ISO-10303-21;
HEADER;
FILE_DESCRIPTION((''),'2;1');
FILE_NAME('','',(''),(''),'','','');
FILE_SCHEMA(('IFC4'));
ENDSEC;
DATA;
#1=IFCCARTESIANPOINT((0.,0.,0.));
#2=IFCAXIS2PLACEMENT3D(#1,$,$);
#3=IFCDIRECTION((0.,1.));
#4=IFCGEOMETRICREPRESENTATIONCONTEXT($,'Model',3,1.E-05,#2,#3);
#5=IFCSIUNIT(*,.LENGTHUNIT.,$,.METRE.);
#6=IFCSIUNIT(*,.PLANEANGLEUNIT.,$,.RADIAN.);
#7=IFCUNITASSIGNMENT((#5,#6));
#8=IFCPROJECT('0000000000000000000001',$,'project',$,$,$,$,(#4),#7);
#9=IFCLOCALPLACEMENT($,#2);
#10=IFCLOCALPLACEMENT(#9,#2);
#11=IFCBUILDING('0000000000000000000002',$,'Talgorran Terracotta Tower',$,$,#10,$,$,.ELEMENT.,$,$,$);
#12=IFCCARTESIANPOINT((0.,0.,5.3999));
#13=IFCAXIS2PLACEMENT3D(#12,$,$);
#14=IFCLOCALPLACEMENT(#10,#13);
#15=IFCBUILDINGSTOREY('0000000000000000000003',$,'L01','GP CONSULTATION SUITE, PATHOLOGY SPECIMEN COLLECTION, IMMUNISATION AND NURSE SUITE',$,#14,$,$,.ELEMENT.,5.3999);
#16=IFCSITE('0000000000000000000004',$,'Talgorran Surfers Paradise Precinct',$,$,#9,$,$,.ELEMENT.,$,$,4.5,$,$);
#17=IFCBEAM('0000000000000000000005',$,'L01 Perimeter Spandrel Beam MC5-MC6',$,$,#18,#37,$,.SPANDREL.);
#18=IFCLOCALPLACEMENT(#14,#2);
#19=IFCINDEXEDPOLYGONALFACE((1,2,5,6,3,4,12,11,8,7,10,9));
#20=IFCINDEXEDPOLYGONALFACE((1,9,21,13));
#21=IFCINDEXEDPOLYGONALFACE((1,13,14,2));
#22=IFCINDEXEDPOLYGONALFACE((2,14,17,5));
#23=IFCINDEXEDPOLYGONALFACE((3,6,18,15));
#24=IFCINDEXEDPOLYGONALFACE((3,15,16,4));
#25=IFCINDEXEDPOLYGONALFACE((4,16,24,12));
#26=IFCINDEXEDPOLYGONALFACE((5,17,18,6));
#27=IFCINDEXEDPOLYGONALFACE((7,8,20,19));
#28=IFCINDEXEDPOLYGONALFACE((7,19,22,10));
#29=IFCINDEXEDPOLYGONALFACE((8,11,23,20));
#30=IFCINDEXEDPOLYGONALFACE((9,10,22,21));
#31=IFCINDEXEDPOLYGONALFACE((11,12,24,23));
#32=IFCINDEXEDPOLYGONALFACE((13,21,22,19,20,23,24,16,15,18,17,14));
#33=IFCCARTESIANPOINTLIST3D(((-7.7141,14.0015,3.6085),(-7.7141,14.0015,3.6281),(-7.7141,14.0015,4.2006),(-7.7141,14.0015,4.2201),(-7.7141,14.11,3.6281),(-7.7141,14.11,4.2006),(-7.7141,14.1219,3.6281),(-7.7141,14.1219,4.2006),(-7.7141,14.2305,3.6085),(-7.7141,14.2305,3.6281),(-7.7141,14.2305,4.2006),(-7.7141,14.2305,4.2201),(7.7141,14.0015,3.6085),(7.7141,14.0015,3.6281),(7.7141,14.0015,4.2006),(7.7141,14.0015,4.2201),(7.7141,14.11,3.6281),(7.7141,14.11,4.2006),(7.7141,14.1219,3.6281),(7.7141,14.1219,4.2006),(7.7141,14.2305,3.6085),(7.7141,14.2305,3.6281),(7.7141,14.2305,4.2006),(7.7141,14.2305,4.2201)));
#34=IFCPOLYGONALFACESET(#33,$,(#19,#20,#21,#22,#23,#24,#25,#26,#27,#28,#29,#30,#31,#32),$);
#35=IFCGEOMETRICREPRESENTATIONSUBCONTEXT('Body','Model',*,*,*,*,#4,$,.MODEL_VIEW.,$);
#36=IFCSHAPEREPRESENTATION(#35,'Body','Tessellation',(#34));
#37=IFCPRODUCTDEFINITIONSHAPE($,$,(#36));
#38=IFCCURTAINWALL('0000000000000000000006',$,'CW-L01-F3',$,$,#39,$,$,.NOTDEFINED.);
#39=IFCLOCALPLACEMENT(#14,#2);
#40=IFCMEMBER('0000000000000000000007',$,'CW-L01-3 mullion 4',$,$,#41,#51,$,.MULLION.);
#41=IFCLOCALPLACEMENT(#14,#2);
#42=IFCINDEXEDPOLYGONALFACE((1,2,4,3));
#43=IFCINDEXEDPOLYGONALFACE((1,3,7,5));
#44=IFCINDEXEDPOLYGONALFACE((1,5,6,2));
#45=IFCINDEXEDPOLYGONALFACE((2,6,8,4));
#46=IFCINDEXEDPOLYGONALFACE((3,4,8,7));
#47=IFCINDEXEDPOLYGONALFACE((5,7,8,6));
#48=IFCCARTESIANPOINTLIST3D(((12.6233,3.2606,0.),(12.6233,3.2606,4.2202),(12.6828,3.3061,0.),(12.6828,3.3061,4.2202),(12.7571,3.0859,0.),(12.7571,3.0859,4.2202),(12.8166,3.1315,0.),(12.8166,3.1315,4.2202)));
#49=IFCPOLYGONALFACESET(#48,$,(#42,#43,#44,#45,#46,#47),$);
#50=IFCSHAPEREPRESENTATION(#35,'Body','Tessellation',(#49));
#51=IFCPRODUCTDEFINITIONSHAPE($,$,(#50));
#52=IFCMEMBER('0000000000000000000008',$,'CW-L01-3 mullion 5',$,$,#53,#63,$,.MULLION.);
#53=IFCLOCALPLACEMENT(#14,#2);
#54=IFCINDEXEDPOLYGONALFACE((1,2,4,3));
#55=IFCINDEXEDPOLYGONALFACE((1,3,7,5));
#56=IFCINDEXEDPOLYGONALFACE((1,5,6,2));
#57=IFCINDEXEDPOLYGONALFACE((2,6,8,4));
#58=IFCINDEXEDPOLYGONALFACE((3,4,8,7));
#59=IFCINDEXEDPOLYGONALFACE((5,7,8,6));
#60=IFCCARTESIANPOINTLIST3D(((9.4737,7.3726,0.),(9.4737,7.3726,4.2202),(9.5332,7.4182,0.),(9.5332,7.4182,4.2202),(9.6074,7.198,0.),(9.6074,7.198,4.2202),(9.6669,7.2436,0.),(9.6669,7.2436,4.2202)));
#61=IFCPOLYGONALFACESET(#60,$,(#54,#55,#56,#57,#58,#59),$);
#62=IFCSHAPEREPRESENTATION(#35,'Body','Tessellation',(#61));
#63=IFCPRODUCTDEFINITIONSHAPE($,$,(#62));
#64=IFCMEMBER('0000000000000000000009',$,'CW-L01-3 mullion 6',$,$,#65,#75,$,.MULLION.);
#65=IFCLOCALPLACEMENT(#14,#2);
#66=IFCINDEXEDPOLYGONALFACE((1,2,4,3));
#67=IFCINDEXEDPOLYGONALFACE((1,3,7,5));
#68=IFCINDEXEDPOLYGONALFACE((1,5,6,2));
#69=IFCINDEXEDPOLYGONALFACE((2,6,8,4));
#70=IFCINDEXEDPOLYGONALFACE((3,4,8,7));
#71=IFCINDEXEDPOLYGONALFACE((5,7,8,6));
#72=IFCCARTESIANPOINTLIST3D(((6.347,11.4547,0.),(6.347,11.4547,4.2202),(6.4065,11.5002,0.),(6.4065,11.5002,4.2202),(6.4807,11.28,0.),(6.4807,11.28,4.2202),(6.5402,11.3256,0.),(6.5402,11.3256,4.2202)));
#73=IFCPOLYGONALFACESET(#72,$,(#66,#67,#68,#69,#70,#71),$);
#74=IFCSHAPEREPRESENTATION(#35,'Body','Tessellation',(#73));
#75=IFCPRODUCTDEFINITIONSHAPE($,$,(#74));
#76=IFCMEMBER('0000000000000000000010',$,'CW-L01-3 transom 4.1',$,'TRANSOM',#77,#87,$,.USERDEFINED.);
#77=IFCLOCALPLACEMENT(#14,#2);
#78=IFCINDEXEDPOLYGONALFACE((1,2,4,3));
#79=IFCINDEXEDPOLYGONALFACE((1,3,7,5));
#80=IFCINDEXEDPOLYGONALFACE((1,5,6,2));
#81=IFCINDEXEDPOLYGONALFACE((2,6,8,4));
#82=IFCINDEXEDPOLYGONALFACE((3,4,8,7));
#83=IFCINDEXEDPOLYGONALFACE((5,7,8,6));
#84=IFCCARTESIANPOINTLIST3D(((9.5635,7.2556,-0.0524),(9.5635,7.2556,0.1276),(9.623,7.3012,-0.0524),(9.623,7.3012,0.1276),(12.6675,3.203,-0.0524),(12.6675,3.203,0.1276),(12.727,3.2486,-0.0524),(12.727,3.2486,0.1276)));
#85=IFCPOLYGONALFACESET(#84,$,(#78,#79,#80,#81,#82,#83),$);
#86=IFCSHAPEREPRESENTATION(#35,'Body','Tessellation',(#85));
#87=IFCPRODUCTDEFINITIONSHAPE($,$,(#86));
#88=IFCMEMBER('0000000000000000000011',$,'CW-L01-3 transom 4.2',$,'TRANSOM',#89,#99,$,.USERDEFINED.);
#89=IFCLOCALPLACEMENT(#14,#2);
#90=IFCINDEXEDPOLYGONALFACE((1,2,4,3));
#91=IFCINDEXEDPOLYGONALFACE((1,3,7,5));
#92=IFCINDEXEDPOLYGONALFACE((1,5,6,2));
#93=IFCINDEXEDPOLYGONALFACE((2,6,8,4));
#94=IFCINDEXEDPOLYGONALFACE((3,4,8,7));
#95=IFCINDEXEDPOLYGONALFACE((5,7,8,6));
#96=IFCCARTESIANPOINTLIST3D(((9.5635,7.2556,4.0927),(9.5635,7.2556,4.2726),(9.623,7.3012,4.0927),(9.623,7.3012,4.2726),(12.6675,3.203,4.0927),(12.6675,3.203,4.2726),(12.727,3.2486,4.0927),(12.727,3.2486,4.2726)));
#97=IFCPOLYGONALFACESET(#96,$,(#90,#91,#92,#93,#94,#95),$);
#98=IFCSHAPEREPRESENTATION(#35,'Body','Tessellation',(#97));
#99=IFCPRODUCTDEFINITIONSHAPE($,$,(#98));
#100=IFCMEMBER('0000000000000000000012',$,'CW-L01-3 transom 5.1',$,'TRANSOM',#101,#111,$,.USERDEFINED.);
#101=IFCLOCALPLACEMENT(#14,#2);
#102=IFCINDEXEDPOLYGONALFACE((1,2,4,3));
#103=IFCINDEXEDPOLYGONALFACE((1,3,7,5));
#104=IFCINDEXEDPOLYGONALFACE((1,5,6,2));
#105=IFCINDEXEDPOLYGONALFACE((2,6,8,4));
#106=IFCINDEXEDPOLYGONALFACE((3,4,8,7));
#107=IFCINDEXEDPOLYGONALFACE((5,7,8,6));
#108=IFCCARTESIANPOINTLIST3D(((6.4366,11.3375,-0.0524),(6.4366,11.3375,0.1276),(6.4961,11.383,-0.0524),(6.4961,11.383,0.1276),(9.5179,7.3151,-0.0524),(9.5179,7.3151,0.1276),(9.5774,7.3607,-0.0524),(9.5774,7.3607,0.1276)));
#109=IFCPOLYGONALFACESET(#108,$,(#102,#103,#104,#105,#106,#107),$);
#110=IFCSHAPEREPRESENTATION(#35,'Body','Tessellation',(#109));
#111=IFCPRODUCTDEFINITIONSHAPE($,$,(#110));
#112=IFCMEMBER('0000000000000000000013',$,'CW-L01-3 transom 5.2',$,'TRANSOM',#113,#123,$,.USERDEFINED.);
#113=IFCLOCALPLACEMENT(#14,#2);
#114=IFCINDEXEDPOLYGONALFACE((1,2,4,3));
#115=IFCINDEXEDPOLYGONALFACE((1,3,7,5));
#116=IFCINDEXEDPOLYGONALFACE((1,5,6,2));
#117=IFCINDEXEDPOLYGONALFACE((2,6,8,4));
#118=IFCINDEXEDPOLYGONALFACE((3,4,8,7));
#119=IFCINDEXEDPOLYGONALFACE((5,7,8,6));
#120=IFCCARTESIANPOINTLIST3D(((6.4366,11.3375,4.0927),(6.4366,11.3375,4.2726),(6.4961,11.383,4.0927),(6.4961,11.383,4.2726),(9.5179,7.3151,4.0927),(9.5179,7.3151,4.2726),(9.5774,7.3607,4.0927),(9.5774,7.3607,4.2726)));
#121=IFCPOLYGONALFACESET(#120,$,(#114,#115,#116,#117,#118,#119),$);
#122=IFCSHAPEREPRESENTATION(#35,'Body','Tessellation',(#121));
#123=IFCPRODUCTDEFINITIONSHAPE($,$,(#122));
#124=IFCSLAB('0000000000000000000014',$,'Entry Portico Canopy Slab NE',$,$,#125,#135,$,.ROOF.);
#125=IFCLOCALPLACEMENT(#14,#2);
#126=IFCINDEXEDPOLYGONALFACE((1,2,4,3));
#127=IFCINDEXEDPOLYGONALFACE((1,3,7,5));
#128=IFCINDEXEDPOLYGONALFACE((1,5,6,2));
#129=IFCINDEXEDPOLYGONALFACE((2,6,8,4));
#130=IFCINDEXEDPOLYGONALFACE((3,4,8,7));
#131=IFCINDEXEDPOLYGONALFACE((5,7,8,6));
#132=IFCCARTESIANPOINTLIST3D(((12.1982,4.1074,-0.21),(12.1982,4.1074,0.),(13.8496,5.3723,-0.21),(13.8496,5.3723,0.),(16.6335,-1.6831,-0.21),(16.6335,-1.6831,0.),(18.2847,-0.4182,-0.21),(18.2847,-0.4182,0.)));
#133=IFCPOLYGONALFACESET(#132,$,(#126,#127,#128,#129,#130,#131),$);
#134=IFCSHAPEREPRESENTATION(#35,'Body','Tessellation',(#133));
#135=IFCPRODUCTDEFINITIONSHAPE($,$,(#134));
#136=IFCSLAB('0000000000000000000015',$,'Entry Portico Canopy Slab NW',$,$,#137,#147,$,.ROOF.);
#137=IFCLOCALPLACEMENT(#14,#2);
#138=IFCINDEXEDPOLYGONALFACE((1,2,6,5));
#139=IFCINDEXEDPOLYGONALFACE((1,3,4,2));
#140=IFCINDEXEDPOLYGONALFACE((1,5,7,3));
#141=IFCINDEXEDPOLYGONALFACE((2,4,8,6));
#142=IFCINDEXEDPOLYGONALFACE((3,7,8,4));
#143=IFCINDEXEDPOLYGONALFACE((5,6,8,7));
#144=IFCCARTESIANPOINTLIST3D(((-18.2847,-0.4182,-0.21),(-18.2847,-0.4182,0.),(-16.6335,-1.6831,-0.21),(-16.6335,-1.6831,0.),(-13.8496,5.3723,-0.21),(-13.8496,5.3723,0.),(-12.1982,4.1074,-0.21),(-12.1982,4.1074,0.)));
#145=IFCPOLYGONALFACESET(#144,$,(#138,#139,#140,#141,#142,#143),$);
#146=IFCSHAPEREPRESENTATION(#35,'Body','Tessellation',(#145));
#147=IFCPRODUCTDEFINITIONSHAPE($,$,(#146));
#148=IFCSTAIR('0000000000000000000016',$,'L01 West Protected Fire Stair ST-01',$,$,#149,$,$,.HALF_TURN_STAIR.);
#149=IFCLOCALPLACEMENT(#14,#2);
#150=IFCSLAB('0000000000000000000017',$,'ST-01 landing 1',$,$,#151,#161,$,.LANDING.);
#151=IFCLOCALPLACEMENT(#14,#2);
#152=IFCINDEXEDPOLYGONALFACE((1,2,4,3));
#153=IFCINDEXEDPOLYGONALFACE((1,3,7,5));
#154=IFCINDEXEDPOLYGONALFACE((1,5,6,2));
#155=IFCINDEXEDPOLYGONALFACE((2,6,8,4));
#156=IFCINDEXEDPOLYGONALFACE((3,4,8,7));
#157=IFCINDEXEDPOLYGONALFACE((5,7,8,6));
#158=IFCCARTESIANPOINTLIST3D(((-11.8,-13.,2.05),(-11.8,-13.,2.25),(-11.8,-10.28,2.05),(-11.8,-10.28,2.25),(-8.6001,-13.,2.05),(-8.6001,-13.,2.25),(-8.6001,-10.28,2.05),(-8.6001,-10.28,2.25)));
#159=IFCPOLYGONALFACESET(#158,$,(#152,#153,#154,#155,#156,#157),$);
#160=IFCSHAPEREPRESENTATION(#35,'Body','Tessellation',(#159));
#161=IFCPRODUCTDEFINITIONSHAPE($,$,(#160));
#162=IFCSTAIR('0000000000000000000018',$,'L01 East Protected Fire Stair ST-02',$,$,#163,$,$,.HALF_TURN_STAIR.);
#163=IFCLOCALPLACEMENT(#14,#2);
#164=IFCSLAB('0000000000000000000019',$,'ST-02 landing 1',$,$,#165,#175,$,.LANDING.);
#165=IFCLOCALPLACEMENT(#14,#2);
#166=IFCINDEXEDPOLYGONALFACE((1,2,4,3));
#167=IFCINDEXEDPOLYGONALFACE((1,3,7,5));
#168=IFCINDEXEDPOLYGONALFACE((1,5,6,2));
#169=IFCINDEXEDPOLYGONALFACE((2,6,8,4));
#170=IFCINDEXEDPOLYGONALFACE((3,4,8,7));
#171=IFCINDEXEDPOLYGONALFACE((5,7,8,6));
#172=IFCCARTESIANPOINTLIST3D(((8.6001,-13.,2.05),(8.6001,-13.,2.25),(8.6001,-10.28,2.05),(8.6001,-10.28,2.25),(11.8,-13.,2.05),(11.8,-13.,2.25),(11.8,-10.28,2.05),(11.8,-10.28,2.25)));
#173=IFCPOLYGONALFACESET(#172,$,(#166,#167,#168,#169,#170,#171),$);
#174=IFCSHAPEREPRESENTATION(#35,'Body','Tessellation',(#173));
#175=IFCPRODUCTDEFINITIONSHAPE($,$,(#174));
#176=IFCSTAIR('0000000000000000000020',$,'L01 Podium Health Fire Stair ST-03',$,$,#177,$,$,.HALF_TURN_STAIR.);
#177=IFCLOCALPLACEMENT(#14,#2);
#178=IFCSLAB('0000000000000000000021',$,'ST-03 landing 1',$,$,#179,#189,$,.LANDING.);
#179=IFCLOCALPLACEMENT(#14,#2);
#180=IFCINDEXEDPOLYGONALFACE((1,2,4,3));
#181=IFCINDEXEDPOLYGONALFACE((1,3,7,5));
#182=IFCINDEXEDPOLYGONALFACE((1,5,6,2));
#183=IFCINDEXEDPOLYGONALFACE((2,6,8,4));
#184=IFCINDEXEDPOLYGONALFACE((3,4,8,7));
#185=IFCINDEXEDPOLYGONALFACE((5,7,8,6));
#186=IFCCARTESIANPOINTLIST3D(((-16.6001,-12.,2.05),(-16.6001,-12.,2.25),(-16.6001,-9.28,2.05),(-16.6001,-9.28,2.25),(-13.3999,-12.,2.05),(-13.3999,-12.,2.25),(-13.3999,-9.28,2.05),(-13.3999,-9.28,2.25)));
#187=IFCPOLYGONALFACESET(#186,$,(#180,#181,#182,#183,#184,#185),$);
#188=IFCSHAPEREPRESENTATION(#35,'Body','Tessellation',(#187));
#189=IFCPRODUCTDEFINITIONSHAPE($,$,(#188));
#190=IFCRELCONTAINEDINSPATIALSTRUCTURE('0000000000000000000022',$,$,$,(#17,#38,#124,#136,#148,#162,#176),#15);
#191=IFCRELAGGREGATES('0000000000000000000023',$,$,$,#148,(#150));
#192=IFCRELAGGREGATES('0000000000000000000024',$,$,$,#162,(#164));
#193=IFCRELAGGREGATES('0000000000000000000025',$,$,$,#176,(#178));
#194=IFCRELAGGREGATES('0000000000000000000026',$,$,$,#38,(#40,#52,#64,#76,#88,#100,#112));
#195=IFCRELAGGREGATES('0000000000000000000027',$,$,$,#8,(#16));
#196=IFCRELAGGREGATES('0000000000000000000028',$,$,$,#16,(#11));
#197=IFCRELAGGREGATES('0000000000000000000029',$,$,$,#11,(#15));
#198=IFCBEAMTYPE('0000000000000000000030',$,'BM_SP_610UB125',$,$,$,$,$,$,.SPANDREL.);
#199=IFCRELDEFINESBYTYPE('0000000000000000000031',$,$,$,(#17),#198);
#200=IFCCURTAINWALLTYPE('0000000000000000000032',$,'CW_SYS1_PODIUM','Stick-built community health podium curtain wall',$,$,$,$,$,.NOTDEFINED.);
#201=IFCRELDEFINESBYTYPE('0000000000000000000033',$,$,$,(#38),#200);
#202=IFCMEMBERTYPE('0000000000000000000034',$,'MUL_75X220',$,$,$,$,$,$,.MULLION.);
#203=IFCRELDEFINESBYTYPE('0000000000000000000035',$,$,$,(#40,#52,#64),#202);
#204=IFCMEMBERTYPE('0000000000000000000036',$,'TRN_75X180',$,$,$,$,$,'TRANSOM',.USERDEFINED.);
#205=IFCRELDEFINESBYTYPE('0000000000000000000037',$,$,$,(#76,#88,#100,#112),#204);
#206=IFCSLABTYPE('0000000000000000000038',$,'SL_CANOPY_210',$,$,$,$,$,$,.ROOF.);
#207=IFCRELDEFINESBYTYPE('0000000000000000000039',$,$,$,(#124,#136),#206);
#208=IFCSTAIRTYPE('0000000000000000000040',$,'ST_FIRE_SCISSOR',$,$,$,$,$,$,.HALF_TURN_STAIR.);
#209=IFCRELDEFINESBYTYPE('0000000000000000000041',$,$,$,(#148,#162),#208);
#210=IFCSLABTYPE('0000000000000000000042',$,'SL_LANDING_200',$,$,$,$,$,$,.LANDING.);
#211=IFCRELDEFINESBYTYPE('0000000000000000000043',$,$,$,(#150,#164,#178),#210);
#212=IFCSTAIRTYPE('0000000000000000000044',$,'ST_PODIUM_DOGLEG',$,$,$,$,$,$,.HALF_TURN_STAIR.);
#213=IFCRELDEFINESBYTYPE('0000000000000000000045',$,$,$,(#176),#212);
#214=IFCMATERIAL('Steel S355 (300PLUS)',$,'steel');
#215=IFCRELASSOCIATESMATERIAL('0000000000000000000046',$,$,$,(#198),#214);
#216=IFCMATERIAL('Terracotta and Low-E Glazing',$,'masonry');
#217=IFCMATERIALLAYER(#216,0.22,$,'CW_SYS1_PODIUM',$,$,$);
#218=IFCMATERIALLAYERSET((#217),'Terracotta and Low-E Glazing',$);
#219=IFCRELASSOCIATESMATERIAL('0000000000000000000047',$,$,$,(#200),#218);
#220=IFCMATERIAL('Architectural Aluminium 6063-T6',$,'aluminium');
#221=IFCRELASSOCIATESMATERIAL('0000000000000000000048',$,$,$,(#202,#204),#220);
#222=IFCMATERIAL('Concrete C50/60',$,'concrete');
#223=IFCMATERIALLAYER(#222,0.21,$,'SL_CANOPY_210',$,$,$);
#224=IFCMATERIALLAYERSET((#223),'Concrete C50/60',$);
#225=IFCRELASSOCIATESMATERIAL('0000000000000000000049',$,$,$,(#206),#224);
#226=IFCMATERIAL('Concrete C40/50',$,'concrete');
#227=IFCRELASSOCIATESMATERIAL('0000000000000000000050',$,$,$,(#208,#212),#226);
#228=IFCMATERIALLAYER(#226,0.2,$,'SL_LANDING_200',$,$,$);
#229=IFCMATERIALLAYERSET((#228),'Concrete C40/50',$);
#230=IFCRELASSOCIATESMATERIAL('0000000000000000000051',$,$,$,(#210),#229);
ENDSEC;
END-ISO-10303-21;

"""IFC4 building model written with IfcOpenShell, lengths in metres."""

from ifc_helpers import new_model, si_unit, direction, frame, origin, origin_2d, place, context, subcontext, project, spatial, polyline, rectangle, i_section, outline, extrude, material, layer, layer_set, material_profile, profile_set, type_object, element, aggregate, save


model = new_model("IFC4")

# Units and contexts
model_context = context("Model", 3, precision=1e-05, world=origin(), true_north=direction((0.0, 1.0)))
body_context = subcontext(model_context, "Body", "Model", "MODEL_VIEW")
ifc_project = project(units=[si_unit("LENGTHUNIT", "METRE"), si_unit("PLANEANGLEUNIT", "RADIAN")], contexts=[model_context])

# Site, building, storey
site_placement = place(None, origin())
site = spatial("IfcSite", under=ifc_project, at=site_placement, Name="Talgorran Surfers Paradise Precinct", CompositionType="ELEMENT", RefElevation=4.5)
building_placement = place(site_placement, origin())
building = spatial("IfcBuilding", under=site, at=building_placement, Name="Talgorran Terracotta Tower", CompositionType="ELEMENT")
storey_placement = place(building_placement, frame((0.0, 0.0, 5.3999)))
storey = spatial("IfcBuildingStorey", under=building, at=storey_placement, Name="L01", Description="GP CONSULTATION SUITE, PATHOLOGY SPECIMEN COLLECTION, IMMUNISATION AND NURSE SUITE", CompositionType="ELEMENT", Elevation=5.3999)

# Shared definitions
ifc_material_1 = material(Name="Steel S355 (300PLUS)", Category="steel")

# Beam
ifc_material_profile_1 = material_profile(ifc_material_1, i_section(OverallWidth=0.229, OverallDepth=0.6116, WebThickness=0.012, FlangeThickness=0.0195, at=origin_2d()), Name="610UB125")
ifc_profile_set_1 = profile_set([ifc_material_profile_1], Name="Steel S355 (300PLUS)")
beam_type_1 = type_object("IfcBeamType", Name="BM_SP_610UB125", PredefinedType="SPANDREL", material=ifc_profile_set_1)
beam_1_placement = place(storey_placement, frame((7.7141, 14.116, 3.9143), z_axis=(-1.0, 0.0, 0.0), x_axis=(0.0, -1.0, 0.0)))
element("IfcBeam", 1, at=beam_1_placement, inside=storey, type_object=beam_type_1, Name="L01 Perimeter Spandrel Beam MC5-MC6", PredefinedType="SPANDREL", context=body_context, shape_type="SweptSolid", body=[
    extrude(i_section(OverallWidth=0.229, OverallDepth=0.6116, WebThickness=0.012, FlangeThickness=0.0195, at=origin_2d()), origin(), (0.0, 0.0, 1.0), 15.4282),
])

# Curtain wall, members
ifc_material_2 = material(Name="Terracotta and Low-E Glazing", Category="masonry")
ifc_layer_1 = layer(ifc_material_2, 0.22, Name="CW_SYS1_PODIUM")
ifc_layer_set_1 = layer_set([ifc_layer_1], Name="Terracotta and Low-E Glazing")
curtain_wall_type = type_object("IfcCurtainWallType", Name="CW_SYS1_PODIUM", Description="Stick-built community health podium curtain wall", PredefinedType="NOTDEFINED", material=ifc_layer_set_1)
curtain_wall_placement = place(storey_placement, origin())
curtain_wall = element("IfcCurtainWall", 2, at=curtain_wall_placement, inside=storey, type_object=curtain_wall_type, Name="CW-L01-F3", PredefinedType="NOTDEFINED")
ifc_material_3 = material(Name="Architectural Aluminium 6063-T6", Category="aluminium")
ifc_material_profile_2 = material_profile(ifc_material_3, rectangle(XDim=0.075, YDim=0.22, at=origin_2d()), Name="CWM75X220")
ifc_profile_set_2 = profile_set([ifc_material_profile_2], Name="Architectural Aluminium 6063-T6")
member_type_1 = type_object("IfcMemberType", Name="MUL_75X220", PredefinedType="MULLION", material=ifc_profile_set_2)
member_1_placement = place(storey_placement, frame((12.72, 3.196, 0.0), z_axis=(0.0, 0.0, 1.0), x_axis=(-0.79388, -0.608075, 0.0)))
member_1 = element("IfcMember", 3, at=member_1_placement, type_object=member_type_1, Name="CW-L01-3 mullion 4", PredefinedType="MULLION", context=body_context, shape_type="SweptSolid", body=[
    extrude(rectangle(XDim=0.075, YDim=0.22, at=origin_2d()), origin(), (0.0, 0.0, 1.0), 4.2202),
])
member_2_placement = place(storey_placement, frame((9.5703, 7.3081, 0.0), z_axis=(0.0, 0.0, 1.0), x_axis=(-0.79388, -0.608075, 0.0)))
member_2 = element("IfcMember", 4, at=member_2_placement, type_object=member_type_1, Name="CW-L01-3 mullion 5", PredefinedType="MULLION", context=body_context, shape_type="SweptSolid", body=[
    extrude(rectangle(XDim=0.075, YDim=0.22, at=origin_2d()), origin(), (0.0, 0.0, 1.0), 4.2202),
])
member_3_placement = place(storey_placement, frame((6.4436, 11.3901, 0.0), z_axis=(0.0, 0.0, 1.0), x_axis=(-0.79388, -0.608075, 0.0)))
member_3 = element("IfcMember", 5, at=member_3_placement, type_object=member_type_1, Name="CW-L01-3 mullion 6", PredefinedType="MULLION", context=body_context, shape_type="SweptSolid", body=[
    extrude(rectangle(XDim=0.075, YDim=0.22, at=origin_2d()), origin(), (0.0, 0.0, 1.0), 4.2202),
])
ifc_material_profile_3 = material_profile(ifc_material_3, rectangle(XDim=0.075, YDim=0.1799, at=origin_2d()), Name="CWT75X180")
ifc_profile_set_3 = profile_set([ifc_material_profile_3], Name="Architectural Aluminium 6063-T6")
member_type_2 = type_object("IfcMemberType", Name="TRN_75X180", ElementType="TRANSOM", PredefinedType="USERDEFINED", material=ifc_profile_set_3)
member_4_placement = place(storey_placement, frame((12.6973, 3.2258, 0.0376), z_axis=(-0.608073, 0.793881, 0.0), x_axis=(-0.793881, -0.608073, 0.0)))
member_4 = element("IfcMember", 6, at=member_4_placement, type_object=member_type_2, Name="CW-L01-3 transom 4.1", ObjectType="TRANSOM", PredefinedType="USERDEFINED", context=body_context, shape_type="SweptSolid", body=[
    extrude(rectangle(XDim=0.075, YDim=0.1799, at=origin_2d()), origin(), (0.0, 0.0, 1.0), 5.1047),
])
member_5_placement = place(storey_placement, frame((12.6973, 3.2258, 4.1826), z_axis=(-0.608073, 0.793881, 0.0), x_axis=(-0.793881, -0.608073, 0.0)))
member_5 = element("IfcMember", 7, at=member_5_placement, type_object=member_type_2, Name="CW-L01-3 transom 4.2", ObjectType="TRANSOM", PredefinedType="USERDEFINED", context=body_context, shape_type="SweptSolid", body=[
    extrude(rectangle(XDim=0.075, YDim=0.1799, at=origin_2d()), origin(), (0.0, 0.0, 1.0), 5.1047),
])
member_6_placement = place(storey_placement, frame((9.5476, 7.3379, 0.0376), z_axis=(-0.60811, 0.793853, 0.0), x_axis=(-0.793853, -0.60811, 0.0)))
member_6 = element("IfcMember", 8, at=member_6_placement, type_object=member_type_2, Name="CW-L01-3 transom 5.1", ObjectType="TRANSOM", PredefinedType="USERDEFINED", context=body_context, shape_type="SweptSolid", body=[
    extrude(rectangle(XDim=0.075, YDim=0.1799, at=origin_2d()), origin(), (0.0, 0.0, 1.0), 5.0669),
])
member_7_placement = place(storey_placement, frame((9.5476, 7.3379, 4.1826), z_axis=(-0.60811, 0.793853, 0.0), x_axis=(-0.793853, -0.60811, 0.0)))
member_7 = element("IfcMember", 9, at=member_7_placement, type_object=member_type_2, Name="CW-L01-3 transom 5.2", ObjectType="TRANSOM", PredefinedType="USERDEFINED", context=body_context, shape_type="SweptSolid", body=[
    extrude(rectangle(XDim=0.075, YDim=0.1799, at=origin_2d()), origin(), (0.0, 0.0, 1.0), 5.0669),
])

# Slabs
ifc_material_4 = material(Name="Concrete C50/60", Category="concrete")
ifc_layer_2 = layer(ifc_material_4, 0.21, Name="SL_CANOPY_210")
ifc_layer_set_2 = layer_set([ifc_layer_2], Name="Concrete C50/60")
slab_type_1 = type_object("IfcSlabType", Name="SL_CANOPY_210", PredefinedType="ROOF", material=ifc_layer_set_2)
slab_1_placement = place(storey_placement, frame((0.0, 0.0, -0.21)))
element("IfcSlab", 10, at=slab_1_placement, inside=storey, type_object=slab_type_1, Name="Entry Portico Canopy Slab NE", PredefinedType="ROOF", context=body_context, shape_type="SweptSolid", body=[
    extrude(outline(polyline([(16.6335, -1.6831), (18.2847, -0.4182), (13.8496, 5.3723), (12.1982, 4.1074), (16.6335, -1.6831)])), origin(), (0.0, 0.0, 1.0), 0.21),
])
slab_2_placement = place(storey_placement, frame((0.0, 0.0, -0.21)))
element("IfcSlab", 11, at=slab_2_placement, inside=storey, type_object=slab_type_1, Name="Entry Portico Canopy Slab NW", PredefinedType="ROOF", context=body_context, shape_type="SweptSolid", body=[
    extrude(outline(polyline([(-12.1982, 4.1074), (-13.8496, 5.3723), (-18.2847, -0.4182), (-16.6335, -1.6831), (-12.1982, 4.1074)])), origin(), (0.0, 0.0, 1.0), 0.21),
])

# Stairs, slabs
ifc_material_5 = material(Name="Concrete C40/50", Category="concrete")
stair_type_1 = type_object("IfcStairType", Name="ST_FIRE_SCISSOR", PredefinedType="HALF_TURN_STAIR", material=ifc_material_5)
stair_1_placement = place(storey_placement, origin())
stair_1 = element("IfcStair", 12, at=stair_1_placement, inside=storey, type_object=stair_type_1, Name="L01 West Protected Fire Stair ST-01", PredefinedType="HALF_TURN_STAIR")
ifc_layer_3 = layer(ifc_material_5, 0.2, Name="SL_LANDING_200")
ifc_layer_set_3 = layer_set([ifc_layer_3], Name="Concrete C40/50")
slab_type_2 = type_object("IfcSlabType", Name="SL_LANDING_200", PredefinedType="LANDING", material=ifc_layer_set_3)
slab_3_placement = place(storey_placement, frame((0.0, 0.0, 2.05)))
slab_3 = element("IfcSlab", 13, at=slab_3_placement, type_object=slab_type_2, Name="ST-01 landing 1", PredefinedType="LANDING", context=body_context, shape_type="SweptSolid", body=[
    extrude(outline(polyline([(-11.8, -10.28), (-11.8, -13.0), (-8.6001, -13.0), (-8.6001, -10.28), (-11.8, -10.28)])), origin(), (0.0, 0.0, 1.0), 0.2),
])
aggregate(stair_1, [slab_3])
stair_2_placement = place(storey_placement, origin())
stair_2 = element("IfcStair", 14, at=stair_2_placement, inside=storey, type_object=stair_type_1, Name="L01 East Protected Fire Stair ST-02", PredefinedType="HALF_TURN_STAIR")
slab_4_placement = place(storey_placement, frame((0.0, 0.0, 2.05)))
slab_4 = element("IfcSlab", 15, at=slab_4_placement, type_object=slab_type_2, Name="ST-02 landing 1", PredefinedType="LANDING", context=body_context, shape_type="SweptSolid", body=[
    extrude(outline(polyline([(8.6001, -10.28), (8.6001, -13.0), (11.8, -13.0), (11.8, -10.28), (8.6001, -10.28)])), origin(), (0.0, 0.0, 1.0), 0.2),
])
aggregate(stair_2, [slab_4])
stair_type_2 = type_object("IfcStairType", Name="ST_PODIUM_DOGLEG", PredefinedType="HALF_TURN_STAIR", material=ifc_material_5)
stair_3_placement = place(storey_placement, origin())
stair_3 = element("IfcStair", 16, at=stair_3_placement, inside=storey, type_object=stair_type_2, Name="L01 Podium Health Fire Stair ST-03", PredefinedType="HALF_TURN_STAIR")
slab_5_placement = place(storey_placement, frame((0.0, 0.0, 2.05)))
slab_5 = element("IfcSlab", 17, at=slab_5_placement, type_object=slab_type_2, Name="ST-03 landing 1", PredefinedType="LANDING", context=body_context, shape_type="SweptSolid", body=[
    extrude(outline(polyline([(-16.6001, -9.28), (-16.6001, -12.0), (-13.3999, -12.0), (-13.3999, -9.28), (-16.6001, -9.28)])), origin(), (0.0, 0.0, 1.0), 0.2),
])
aggregate(stair_3, [slab_5])

aggregate(curtain_wall, [member_1, member_2, member_3, member_4, member_5, member_6, member_7])

save(model, "model.ifc")
